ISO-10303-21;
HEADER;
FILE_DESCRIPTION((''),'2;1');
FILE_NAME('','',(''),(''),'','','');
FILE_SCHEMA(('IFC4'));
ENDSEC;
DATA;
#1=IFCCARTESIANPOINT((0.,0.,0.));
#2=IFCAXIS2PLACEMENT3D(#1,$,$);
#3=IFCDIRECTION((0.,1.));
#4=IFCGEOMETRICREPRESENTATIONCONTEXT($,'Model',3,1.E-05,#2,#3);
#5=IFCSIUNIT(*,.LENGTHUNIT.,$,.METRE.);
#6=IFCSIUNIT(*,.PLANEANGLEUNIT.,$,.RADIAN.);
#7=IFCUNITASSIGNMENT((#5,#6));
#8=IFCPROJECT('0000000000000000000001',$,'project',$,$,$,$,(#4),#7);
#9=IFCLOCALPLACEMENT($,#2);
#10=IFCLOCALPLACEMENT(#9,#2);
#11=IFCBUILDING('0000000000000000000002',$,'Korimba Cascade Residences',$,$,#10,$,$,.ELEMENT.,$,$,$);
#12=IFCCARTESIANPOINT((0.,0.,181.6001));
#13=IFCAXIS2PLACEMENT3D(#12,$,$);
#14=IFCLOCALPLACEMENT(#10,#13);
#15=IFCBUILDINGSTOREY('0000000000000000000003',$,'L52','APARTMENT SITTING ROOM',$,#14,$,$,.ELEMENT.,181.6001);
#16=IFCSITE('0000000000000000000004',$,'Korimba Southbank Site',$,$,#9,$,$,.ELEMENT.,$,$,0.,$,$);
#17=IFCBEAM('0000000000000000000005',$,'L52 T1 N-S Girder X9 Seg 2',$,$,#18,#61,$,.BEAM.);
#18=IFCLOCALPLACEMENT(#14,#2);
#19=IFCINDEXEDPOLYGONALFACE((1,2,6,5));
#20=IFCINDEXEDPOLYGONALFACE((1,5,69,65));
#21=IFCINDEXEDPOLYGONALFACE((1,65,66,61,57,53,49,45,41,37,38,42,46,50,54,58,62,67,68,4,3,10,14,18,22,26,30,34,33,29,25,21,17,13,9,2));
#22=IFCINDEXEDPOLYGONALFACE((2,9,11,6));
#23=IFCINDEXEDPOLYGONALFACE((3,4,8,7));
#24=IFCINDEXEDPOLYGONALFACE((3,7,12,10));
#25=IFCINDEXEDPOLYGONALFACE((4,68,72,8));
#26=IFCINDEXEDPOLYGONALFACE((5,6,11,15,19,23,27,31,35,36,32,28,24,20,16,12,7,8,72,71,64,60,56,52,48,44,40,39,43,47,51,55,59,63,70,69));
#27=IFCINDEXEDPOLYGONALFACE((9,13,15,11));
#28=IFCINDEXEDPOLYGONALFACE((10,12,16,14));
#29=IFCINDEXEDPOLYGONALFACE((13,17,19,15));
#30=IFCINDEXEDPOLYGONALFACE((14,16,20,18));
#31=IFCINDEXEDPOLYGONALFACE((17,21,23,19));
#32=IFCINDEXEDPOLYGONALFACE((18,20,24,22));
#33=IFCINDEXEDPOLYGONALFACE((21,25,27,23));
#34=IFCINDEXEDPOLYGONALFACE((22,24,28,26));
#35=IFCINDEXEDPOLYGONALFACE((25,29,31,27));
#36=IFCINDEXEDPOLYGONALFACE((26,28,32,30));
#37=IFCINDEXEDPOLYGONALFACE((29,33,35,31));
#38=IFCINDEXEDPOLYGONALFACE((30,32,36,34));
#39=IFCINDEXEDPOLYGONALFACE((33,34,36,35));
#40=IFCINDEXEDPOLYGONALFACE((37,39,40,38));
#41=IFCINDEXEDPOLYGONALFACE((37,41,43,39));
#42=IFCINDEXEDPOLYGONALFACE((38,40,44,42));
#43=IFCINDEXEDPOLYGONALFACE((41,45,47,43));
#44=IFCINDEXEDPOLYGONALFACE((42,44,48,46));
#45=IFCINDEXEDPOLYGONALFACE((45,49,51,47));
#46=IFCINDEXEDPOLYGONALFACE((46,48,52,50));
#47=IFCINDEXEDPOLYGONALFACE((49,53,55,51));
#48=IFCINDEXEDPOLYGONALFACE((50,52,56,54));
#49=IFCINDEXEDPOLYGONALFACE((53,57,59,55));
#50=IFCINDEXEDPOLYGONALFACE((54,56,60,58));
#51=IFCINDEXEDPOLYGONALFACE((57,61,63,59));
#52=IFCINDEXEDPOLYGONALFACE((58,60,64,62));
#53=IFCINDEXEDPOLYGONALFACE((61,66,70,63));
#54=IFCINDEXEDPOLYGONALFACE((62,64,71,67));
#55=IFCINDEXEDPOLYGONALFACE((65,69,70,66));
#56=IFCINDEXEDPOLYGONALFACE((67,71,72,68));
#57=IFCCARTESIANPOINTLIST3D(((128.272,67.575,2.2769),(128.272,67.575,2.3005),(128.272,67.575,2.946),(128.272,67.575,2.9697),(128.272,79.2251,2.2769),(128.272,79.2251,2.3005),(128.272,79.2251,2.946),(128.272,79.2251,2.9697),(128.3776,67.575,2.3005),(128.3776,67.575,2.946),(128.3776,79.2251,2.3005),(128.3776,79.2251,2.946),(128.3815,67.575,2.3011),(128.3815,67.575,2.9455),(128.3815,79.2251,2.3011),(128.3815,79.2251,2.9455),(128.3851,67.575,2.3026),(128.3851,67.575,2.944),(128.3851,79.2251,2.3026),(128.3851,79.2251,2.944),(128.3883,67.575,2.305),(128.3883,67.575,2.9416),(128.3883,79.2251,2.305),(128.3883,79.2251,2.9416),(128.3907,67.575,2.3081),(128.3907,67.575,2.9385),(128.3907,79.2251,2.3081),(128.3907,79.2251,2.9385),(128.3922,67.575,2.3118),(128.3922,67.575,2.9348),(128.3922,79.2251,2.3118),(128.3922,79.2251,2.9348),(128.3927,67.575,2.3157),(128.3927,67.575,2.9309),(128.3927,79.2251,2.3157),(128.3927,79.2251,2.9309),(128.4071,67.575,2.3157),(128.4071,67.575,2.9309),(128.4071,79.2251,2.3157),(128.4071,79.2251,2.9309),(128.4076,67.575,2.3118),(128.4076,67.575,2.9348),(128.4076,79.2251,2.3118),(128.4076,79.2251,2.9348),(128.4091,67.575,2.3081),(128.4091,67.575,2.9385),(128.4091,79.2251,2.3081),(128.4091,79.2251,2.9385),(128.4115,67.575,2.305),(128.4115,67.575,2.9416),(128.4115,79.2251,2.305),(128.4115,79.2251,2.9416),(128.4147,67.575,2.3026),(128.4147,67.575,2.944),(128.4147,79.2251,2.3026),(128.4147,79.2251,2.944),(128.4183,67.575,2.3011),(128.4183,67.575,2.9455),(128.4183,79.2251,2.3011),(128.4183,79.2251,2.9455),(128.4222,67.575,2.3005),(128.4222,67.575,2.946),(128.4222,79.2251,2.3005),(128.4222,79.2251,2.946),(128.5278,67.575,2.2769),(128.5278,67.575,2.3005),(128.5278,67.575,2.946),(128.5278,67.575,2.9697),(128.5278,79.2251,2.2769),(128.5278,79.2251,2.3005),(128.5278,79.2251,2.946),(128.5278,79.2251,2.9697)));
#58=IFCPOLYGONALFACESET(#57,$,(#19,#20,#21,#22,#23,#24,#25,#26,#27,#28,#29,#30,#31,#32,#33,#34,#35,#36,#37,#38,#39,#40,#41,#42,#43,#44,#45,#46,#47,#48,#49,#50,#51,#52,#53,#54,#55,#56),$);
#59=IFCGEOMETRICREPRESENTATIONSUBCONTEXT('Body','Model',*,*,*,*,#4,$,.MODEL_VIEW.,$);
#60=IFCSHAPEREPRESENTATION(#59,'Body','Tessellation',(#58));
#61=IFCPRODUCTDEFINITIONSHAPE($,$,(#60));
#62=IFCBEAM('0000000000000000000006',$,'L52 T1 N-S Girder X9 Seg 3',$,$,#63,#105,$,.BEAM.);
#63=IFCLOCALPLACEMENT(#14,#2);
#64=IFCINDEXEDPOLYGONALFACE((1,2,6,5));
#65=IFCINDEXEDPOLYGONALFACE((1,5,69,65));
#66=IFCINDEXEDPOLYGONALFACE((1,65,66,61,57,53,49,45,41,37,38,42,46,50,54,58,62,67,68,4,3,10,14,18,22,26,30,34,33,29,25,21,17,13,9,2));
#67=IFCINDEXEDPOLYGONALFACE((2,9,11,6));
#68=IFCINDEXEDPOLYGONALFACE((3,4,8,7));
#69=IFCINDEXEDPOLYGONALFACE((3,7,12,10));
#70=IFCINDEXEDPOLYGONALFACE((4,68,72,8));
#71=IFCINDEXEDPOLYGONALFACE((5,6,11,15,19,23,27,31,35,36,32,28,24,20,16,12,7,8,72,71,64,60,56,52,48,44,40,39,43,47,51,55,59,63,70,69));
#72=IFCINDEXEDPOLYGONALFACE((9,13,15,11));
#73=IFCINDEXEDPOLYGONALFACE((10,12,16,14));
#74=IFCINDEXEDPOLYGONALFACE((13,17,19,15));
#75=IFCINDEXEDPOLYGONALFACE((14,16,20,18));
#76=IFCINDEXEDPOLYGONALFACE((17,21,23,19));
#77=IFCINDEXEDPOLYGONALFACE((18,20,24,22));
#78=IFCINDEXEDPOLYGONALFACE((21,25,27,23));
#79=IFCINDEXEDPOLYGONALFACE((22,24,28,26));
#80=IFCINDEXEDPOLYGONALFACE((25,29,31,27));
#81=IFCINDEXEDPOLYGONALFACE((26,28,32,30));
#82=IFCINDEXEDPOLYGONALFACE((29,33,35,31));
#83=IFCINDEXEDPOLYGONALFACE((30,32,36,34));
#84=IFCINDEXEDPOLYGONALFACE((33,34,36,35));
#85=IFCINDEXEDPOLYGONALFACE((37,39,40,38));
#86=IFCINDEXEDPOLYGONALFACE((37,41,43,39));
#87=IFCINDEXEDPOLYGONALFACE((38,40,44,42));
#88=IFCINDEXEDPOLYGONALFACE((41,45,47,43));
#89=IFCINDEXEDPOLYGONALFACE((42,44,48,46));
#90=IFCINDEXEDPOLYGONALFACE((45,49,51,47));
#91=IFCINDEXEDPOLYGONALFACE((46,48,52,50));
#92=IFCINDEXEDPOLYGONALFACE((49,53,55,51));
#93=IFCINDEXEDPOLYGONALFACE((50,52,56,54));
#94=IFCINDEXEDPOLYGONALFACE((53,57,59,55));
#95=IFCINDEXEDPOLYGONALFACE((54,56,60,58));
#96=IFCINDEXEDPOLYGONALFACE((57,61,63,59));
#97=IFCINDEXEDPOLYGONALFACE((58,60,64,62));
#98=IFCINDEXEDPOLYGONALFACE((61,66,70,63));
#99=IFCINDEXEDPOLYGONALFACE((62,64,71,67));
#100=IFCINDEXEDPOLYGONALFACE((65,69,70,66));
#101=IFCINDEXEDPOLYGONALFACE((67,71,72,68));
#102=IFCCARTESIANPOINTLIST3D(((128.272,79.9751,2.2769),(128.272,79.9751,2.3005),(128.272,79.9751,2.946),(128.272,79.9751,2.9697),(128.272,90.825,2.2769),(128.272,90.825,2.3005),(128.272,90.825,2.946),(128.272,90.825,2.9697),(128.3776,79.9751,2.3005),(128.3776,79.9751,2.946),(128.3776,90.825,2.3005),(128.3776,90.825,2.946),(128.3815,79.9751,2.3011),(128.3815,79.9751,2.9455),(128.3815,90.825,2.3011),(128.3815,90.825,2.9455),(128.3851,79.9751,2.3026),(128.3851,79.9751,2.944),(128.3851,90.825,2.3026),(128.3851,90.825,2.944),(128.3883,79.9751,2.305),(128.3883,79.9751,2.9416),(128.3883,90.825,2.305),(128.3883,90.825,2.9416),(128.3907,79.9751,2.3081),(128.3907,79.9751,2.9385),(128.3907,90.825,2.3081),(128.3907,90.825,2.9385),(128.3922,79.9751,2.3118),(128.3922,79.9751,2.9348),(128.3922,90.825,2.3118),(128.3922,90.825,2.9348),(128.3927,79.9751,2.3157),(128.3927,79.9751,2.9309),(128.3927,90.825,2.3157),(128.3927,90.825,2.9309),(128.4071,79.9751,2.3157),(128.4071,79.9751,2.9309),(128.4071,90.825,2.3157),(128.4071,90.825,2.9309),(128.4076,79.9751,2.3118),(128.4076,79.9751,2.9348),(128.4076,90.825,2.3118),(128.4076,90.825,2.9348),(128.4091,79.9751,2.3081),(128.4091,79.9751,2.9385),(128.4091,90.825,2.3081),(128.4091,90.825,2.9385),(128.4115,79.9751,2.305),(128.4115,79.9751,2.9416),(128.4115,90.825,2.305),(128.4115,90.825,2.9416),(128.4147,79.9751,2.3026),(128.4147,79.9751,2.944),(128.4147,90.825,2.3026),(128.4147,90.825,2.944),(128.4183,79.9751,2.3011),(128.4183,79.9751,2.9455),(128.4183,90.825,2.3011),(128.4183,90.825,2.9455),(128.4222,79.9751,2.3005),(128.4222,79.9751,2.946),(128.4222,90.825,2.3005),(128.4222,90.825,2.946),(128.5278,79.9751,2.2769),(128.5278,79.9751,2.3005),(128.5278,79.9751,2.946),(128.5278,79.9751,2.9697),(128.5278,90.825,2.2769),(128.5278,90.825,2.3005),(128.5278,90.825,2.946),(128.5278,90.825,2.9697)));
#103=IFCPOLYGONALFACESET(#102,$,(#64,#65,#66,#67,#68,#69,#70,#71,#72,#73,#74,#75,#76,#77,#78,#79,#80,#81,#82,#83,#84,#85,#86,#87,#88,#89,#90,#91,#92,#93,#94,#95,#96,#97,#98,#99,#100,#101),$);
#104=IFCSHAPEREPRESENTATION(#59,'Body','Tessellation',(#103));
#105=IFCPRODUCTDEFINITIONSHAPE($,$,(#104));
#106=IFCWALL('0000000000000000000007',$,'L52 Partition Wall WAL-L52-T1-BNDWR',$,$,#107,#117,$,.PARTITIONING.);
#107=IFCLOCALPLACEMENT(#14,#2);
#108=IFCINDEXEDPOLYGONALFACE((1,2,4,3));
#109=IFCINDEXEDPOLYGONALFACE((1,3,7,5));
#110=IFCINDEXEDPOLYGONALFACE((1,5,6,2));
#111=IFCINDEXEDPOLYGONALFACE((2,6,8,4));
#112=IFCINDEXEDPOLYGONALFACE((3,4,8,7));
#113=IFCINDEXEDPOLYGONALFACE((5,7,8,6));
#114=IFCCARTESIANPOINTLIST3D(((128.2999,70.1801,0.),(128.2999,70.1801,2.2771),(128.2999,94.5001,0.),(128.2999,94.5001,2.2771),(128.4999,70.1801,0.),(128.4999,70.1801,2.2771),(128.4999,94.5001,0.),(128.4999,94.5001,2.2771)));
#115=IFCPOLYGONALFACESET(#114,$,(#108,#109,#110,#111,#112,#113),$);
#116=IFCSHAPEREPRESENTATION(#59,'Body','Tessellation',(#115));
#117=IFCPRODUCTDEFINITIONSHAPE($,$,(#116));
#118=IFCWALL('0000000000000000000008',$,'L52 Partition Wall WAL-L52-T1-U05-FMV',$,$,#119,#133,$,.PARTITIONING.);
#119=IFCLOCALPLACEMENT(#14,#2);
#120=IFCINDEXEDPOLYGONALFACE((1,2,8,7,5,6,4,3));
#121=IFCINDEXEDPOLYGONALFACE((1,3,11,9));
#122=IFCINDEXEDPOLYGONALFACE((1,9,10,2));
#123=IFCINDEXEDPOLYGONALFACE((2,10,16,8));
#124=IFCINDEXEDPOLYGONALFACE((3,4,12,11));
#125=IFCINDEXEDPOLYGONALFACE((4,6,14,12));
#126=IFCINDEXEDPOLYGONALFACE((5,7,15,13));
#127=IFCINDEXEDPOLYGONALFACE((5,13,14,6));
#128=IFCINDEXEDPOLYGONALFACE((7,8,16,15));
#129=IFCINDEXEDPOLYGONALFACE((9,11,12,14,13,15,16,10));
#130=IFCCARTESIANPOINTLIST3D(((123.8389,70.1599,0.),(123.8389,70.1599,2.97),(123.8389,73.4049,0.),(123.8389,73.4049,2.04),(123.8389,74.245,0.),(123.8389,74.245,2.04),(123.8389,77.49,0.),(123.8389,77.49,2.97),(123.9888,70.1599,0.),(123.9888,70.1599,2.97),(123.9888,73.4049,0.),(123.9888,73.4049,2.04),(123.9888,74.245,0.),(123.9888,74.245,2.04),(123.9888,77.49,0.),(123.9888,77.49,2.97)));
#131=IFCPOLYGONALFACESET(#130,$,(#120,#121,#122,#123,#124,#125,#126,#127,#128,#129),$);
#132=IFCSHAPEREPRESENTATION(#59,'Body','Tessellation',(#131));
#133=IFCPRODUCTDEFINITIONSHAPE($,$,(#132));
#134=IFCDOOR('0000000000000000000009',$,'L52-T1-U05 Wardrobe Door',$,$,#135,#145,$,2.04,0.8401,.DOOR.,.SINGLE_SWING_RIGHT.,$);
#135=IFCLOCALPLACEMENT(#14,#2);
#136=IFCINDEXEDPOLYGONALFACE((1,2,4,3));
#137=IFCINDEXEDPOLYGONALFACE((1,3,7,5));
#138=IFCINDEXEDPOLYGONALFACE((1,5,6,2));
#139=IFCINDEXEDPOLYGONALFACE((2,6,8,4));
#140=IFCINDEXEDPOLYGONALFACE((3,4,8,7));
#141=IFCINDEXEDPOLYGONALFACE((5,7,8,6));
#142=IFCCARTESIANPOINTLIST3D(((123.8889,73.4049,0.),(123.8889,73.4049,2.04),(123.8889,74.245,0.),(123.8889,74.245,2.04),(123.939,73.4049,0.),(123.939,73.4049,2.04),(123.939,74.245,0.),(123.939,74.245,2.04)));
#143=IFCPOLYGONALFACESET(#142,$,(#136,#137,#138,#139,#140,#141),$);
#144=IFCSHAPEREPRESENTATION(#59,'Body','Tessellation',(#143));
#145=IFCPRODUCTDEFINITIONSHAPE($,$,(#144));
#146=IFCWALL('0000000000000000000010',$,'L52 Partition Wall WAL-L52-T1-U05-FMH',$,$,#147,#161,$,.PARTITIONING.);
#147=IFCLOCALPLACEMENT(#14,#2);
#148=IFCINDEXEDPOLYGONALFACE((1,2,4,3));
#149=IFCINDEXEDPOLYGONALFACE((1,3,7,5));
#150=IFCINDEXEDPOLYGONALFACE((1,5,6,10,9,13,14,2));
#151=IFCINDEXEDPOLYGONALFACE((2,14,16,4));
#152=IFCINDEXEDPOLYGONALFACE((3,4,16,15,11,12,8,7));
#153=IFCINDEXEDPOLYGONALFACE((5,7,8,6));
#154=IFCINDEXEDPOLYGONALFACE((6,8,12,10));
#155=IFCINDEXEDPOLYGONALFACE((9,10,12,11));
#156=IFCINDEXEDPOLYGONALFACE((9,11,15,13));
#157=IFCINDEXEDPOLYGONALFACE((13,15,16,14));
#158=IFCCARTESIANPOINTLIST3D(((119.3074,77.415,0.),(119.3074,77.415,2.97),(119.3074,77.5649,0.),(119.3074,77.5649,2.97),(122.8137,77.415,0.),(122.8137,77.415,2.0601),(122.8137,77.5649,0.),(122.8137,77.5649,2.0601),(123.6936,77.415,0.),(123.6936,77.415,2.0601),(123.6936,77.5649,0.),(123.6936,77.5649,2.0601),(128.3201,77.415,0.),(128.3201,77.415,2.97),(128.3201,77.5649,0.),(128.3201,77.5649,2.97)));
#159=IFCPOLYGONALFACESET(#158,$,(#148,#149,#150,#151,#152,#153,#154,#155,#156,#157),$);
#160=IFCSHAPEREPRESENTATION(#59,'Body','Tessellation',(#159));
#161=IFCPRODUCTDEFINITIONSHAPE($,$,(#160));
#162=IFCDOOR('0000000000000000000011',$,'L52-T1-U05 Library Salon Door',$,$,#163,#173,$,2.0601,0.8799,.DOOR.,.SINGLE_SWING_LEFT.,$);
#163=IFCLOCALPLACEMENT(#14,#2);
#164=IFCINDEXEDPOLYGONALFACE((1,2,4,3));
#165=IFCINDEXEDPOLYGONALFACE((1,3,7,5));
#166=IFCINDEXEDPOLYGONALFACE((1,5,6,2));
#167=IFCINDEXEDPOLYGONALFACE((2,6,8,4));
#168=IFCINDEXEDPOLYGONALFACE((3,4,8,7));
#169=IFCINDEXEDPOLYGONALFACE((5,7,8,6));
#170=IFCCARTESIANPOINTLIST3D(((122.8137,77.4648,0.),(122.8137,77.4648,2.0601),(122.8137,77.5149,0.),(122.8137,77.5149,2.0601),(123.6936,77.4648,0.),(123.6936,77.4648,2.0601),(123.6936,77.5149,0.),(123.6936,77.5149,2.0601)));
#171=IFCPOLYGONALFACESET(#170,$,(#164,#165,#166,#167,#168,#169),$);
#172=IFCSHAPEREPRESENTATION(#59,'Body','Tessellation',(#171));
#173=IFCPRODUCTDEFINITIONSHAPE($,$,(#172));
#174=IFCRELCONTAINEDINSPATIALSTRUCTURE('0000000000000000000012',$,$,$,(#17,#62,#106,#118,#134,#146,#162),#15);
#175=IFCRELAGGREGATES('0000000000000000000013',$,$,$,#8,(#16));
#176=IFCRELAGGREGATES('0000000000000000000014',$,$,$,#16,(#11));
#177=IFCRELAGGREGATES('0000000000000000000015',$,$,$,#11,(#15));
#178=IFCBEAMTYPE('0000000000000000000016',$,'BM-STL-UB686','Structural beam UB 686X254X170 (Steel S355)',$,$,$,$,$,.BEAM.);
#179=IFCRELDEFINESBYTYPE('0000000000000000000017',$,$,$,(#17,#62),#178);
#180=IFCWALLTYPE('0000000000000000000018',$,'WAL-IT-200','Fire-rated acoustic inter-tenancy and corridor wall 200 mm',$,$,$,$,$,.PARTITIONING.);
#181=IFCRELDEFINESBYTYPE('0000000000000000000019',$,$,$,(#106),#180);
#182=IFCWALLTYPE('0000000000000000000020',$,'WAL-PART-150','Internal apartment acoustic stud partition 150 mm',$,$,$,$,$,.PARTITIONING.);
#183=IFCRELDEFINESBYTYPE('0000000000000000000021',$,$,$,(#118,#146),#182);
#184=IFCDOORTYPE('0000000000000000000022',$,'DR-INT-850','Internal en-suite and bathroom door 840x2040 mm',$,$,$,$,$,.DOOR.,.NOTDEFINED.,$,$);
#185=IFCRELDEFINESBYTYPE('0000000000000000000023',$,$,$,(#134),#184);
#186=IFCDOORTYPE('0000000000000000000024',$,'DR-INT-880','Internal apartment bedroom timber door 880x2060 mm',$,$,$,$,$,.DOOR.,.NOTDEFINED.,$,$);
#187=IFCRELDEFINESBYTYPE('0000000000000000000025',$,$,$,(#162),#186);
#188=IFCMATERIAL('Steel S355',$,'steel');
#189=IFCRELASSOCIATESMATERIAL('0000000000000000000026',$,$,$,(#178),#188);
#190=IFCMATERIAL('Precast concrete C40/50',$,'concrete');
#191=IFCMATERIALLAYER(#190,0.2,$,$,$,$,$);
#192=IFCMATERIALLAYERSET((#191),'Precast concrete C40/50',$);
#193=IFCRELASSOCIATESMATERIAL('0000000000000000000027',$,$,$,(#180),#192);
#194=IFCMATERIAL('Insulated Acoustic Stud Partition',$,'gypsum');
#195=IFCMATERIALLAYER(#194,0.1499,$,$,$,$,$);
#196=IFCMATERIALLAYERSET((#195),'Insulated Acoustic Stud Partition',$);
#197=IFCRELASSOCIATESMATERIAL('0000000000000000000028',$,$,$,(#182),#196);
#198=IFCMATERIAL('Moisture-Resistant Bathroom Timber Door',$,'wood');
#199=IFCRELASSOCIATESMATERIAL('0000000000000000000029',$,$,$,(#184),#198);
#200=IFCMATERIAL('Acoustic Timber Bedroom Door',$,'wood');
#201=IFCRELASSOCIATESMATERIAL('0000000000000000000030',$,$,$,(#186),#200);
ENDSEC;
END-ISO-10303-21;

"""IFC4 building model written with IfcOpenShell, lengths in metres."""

from ifc_helpers import new_model, si_unit, direction, frame, frame_2d, origin, origin_2d, place, context, subcontext, project, spatial, rectangle, i_section, extrude, material, layer, layer_set, material_profile, profile_set, type_object, element, fill, save


model = new_model("IFC4")

# Units and contexts
model_context = context("Model", 3, precision=1e-05, world=origin(), true_north=direction((0.0, 1.0)))
body_context = subcontext(model_context, "Body", "Model", "MODEL_VIEW")
ifc_project = project(units=[si_unit("LENGTHUNIT", "METRE"), si_unit("PLANEANGLEUNIT", "RADIAN")], contexts=[model_context])

# Site, building, storey
site_placement = place(None, origin())
site = spatial("IfcSite", under=ifc_project, at=site_placement, Name="Korimba Southbank Site", CompositionType="ELEMENT", RefElevation=0.0)
building_placement = place(site_placement, origin())
building = spatial("IfcBuilding", under=site, at=building_placement, Name="Korimba Cascade Residences", CompositionType="ELEMENT")
storey_placement = place(building_placement, frame((0.0, 0.0, 181.6001)))
storey = spatial("IfcBuildingStorey", under=building, at=storey_placement, Name="L52", Description="APARTMENT SITTING ROOM", CompositionType="ELEMENT", Elevation=181.6001)

# Beams
ifc_material_1 = material(Name="Steel S355", Category="steel")
ifc_material_profile_1 = material_profile(ifc_material_1, i_section(OverallWidth=0.2559, OverallDepth=0.6929, WebThickness=0.0144, FlangeThickness=0.0237, FilletRadius=0.0151, at=origin_2d()), Name="Steel S355")
ifc_profile_set_1 = profile_set([ifc_material_profile_1], Name="Steel S355")
beam_type_1 = type_object("IfcBeamType", Name="BM-STL-UB686", Description="Structural beam UB 686X254X170 (Steel S355)", PredefinedType="BEAM", material=ifc_profile_set_1)
beam_1_placement = place(storey_placement, frame((128.3999, 67.575, 2.6233), z_axis=(0.0, 1.0, 0.0), x_axis=(-1.0, 0.0, 0.0)))
element("IfcBeam", 1, at=beam_1_placement, inside=storey, type_object=beam_type_1, Name="L52 T1 N-S Girder X9 Seg 2", PredefinedType="BEAM", context=body_context, shape_type="SweptSolid", body=[
    extrude(i_section(OverallWidth=0.2559, OverallDepth=0.6929, WebThickness=0.0144, FlangeThickness=0.0237, FilletRadius=0.0151, at=origin_2d()), origin(), (0.0, 0.0, 1.0), 11.6501),
])
beam_2_placement = place(storey_placement, frame((128.3999, 79.9751, 2.6233), z_axis=(0.0, 1.0, 0.0), x_axis=(-1.0, 0.0, 0.0)))
element("IfcBeam", 2, at=beam_2_placement, inside=storey, type_object=beam_type_1, Name="L52 T1 N-S Girder X9 Seg 3", PredefinedType="BEAM", context=body_context, shape_type="SweptSolid", body=[
    extrude(i_section(OverallWidth=0.2559, OverallDepth=0.6929, WebThickness=0.0144, FlangeThickness=0.0237, FilletRadius=0.0151, at=origin_2d()), origin(), (0.0, 0.0, 1.0), 10.8499),
])

# Wall
ifc_material_2 = material(Name="Precast concrete C40/50", Category="concrete")
ifc_layer_1 = layer(ifc_material_2, 0.2)
ifc_layer_set_1 = layer_set([ifc_layer_1], Name="Precast concrete C40/50")
wall_type_1 = type_object("IfcWallType", Name="WAL-IT-200", Description="Fire-rated acoustic inter-tenancy and corridor wall 200 mm", PredefinedType="PARTITIONING", material=ifc_layer_set_1)
wall_1_placement = place(storey_placement, frame((128.3999, 70.1799, 0.0), z_axis=(0.0, 0.0, 1.0), x_axis=(0.0, 1.0, 0.0)))
element("IfcWall", 3, at=wall_1_placement, inside=storey, type_object=wall_type_1, Name="L52 Partition Wall WAL-L52-T1-BNDWR", PredefinedType="PARTITIONING", context=body_context, shape_type="SweptSolid", body=[
    extrude(rectangle(XDim=24.3201, YDim=0.2, at=frame_2d((12.1602, 0.0))), origin(), (0.0, 0.0, 1.0), 2.2771),
])

# Walls, openings, doors
ifc_material_3 = material(Name="Insulated Acoustic Stud Partition", Category="gypsum")
ifc_layer_2 = layer(ifc_material_3, 0.1499)
ifc_layer_set_2 = layer_set([ifc_layer_2], Name="Insulated Acoustic Stud Partition")
wall_type_2 = type_object("IfcWallType", Name="WAL-PART-150", Description="Internal apartment acoustic stud partition 150 mm", PredefinedType="PARTITIONING", material=ifc_layer_set_2)
wall_2_placement = place(storey_placement, frame((123.9138, 70.1599, 0.0), z_axis=(0.0, 0.0, 1.0), x_axis=(0.0, 1.0, 0.0)))
wall_2 = element("IfcWall", 4, at=wall_2_placement, inside=storey, type_object=wall_type_2, Name="L52 Partition Wall WAL-L52-T1-U05-FMV", PredefinedType="PARTITIONING", context=body_context, shape_type="SweptSolid", body=[
    extrude(rectangle(XDim=7.3301, YDim=0.1499, at=frame_2d((3.665, 0.0))), origin(), (0.0, 0.0, 1.0), 2.97),
])
opening_1_placement = place(wall_2_placement, frame((3.2451, 0.0, 0.0)))
opening_1 = element("IfcOpeningElement", 5, at=opening_1_placement, cuts=wall_2, PredefinedType="OPENING", context=body_context, shape_type="SweptSolid", body=[
    extrude(rectangle(XDim=0.8401, YDim=2.04, at=frame_2d((0.4199, 1.02))), frame((0.0, 0.085, 0.0), z_axis=(0.0, -1.0, 0.0), x_axis=(1.0, 0.0, 0.0)), (0.0, 0.0, 1.0), 0.1699),
])
ifc_material_4 = material(Name="Moisture-Resistant Bathroom Timber Door", Category="wood")
door_type_1 = type_object("IfcDoorType", Name="DR-INT-850", Description="Internal en-suite and bathroom door 840x2040 mm", OperationType="NOTDEFINED", PredefinedType="DOOR", material=ifc_material_4)
door_1_placement = place(opening_1_placement, origin())
door_1 = element("IfcDoor", 6, at=door_1_placement, inside=storey, type_object=door_type_1, Name="L52-T1-U05 Wardrobe Door", OperationType="SINGLE_SWING_RIGHT", OverallHeight=2.04, OverallWidth=0.8401, PredefinedType="DOOR", context=body_context, shape_type="SweptSolid", body=[
    extrude(rectangle(XDim=0.8401, YDim=2.04, at=frame_2d((0.4199, 1.02))), frame((0.0, 0.0249, 0.0), z_axis=(0.0, -1.0, 0.0), x_axis=(1.0, 0.0, 0.0)), (0.0, 0.0, 1.0), 0.05),
])
fill(opening_1, door_1)
wall_3_placement = place(storey_placement, frame((119.3074, 77.49, 0.0), z_axis=(0.0, 0.0, 1.0), x_axis=(1.0, 0.0, 0.0)))
wall_3 = element("IfcWall", 7, at=wall_3_placement, inside=storey, type_object=wall_type_2, Name="L52 Partition Wall WAL-L52-T1-U05-FMH", PredefinedType="PARTITIONING", context=body_context, shape_type="SweptSolid", body=[
    extrude(rectangle(XDim=9.0127, YDim=0.1499, at=frame_2d((4.5063, 0.0))), origin(), (0.0, 0.0, 1.0), 2.97),
])
opening_2_placement = place(wall_3_placement, frame((3.5063, 0.0, 0.0)))
opening_2 = element("IfcOpeningElement", 8, at=opening_2_placement, cuts=wall_3, PredefinedType="OPENING", context=body_context, shape_type="SweptSolid", body=[
    extrude(rectangle(XDim=0.8799, YDim=2.0601, at=frame_2d((0.4399, 1.03))), frame((0.0, 0.085, 0.0), z_axis=(0.0, -1.0, 0.0), x_axis=(1.0, 0.0, 0.0)), (0.0, 0.0, 1.0), 0.1699),
])
ifc_material_5 = material(Name="Acoustic Timber Bedroom Door", Category="wood")
door_type_2 = type_object("IfcDoorType", Name="DR-INT-880", Description="Internal apartment bedroom timber door 880x2060 mm", OperationType="NOTDEFINED", PredefinedType="DOOR", material=ifc_material_5)
door_2_placement = place(opening_2_placement, origin())
door_2 = element("IfcDoor", 9, at=door_2_placement, inside=storey, type_object=door_type_2, Name="L52-T1-U05 Library Salon Door", OperationType="SINGLE_SWING_LEFT", OverallHeight=2.0601, OverallWidth=0.8799, PredefinedType="DOOR", context=body_context, shape_type="SweptSolid", body=[
    extrude(rectangle(XDim=0.8799, YDim=2.0601, at=frame_2d((0.4399, 1.03))), frame((0.0, 0.0249, 0.0), z_axis=(0.0, -1.0, 0.0), x_axis=(1.0, 0.0, 0.0)), (0.0, 0.0, 1.0), 0.05),
])
fill(opening_2, door_2)

save(model, "model.ifc")
